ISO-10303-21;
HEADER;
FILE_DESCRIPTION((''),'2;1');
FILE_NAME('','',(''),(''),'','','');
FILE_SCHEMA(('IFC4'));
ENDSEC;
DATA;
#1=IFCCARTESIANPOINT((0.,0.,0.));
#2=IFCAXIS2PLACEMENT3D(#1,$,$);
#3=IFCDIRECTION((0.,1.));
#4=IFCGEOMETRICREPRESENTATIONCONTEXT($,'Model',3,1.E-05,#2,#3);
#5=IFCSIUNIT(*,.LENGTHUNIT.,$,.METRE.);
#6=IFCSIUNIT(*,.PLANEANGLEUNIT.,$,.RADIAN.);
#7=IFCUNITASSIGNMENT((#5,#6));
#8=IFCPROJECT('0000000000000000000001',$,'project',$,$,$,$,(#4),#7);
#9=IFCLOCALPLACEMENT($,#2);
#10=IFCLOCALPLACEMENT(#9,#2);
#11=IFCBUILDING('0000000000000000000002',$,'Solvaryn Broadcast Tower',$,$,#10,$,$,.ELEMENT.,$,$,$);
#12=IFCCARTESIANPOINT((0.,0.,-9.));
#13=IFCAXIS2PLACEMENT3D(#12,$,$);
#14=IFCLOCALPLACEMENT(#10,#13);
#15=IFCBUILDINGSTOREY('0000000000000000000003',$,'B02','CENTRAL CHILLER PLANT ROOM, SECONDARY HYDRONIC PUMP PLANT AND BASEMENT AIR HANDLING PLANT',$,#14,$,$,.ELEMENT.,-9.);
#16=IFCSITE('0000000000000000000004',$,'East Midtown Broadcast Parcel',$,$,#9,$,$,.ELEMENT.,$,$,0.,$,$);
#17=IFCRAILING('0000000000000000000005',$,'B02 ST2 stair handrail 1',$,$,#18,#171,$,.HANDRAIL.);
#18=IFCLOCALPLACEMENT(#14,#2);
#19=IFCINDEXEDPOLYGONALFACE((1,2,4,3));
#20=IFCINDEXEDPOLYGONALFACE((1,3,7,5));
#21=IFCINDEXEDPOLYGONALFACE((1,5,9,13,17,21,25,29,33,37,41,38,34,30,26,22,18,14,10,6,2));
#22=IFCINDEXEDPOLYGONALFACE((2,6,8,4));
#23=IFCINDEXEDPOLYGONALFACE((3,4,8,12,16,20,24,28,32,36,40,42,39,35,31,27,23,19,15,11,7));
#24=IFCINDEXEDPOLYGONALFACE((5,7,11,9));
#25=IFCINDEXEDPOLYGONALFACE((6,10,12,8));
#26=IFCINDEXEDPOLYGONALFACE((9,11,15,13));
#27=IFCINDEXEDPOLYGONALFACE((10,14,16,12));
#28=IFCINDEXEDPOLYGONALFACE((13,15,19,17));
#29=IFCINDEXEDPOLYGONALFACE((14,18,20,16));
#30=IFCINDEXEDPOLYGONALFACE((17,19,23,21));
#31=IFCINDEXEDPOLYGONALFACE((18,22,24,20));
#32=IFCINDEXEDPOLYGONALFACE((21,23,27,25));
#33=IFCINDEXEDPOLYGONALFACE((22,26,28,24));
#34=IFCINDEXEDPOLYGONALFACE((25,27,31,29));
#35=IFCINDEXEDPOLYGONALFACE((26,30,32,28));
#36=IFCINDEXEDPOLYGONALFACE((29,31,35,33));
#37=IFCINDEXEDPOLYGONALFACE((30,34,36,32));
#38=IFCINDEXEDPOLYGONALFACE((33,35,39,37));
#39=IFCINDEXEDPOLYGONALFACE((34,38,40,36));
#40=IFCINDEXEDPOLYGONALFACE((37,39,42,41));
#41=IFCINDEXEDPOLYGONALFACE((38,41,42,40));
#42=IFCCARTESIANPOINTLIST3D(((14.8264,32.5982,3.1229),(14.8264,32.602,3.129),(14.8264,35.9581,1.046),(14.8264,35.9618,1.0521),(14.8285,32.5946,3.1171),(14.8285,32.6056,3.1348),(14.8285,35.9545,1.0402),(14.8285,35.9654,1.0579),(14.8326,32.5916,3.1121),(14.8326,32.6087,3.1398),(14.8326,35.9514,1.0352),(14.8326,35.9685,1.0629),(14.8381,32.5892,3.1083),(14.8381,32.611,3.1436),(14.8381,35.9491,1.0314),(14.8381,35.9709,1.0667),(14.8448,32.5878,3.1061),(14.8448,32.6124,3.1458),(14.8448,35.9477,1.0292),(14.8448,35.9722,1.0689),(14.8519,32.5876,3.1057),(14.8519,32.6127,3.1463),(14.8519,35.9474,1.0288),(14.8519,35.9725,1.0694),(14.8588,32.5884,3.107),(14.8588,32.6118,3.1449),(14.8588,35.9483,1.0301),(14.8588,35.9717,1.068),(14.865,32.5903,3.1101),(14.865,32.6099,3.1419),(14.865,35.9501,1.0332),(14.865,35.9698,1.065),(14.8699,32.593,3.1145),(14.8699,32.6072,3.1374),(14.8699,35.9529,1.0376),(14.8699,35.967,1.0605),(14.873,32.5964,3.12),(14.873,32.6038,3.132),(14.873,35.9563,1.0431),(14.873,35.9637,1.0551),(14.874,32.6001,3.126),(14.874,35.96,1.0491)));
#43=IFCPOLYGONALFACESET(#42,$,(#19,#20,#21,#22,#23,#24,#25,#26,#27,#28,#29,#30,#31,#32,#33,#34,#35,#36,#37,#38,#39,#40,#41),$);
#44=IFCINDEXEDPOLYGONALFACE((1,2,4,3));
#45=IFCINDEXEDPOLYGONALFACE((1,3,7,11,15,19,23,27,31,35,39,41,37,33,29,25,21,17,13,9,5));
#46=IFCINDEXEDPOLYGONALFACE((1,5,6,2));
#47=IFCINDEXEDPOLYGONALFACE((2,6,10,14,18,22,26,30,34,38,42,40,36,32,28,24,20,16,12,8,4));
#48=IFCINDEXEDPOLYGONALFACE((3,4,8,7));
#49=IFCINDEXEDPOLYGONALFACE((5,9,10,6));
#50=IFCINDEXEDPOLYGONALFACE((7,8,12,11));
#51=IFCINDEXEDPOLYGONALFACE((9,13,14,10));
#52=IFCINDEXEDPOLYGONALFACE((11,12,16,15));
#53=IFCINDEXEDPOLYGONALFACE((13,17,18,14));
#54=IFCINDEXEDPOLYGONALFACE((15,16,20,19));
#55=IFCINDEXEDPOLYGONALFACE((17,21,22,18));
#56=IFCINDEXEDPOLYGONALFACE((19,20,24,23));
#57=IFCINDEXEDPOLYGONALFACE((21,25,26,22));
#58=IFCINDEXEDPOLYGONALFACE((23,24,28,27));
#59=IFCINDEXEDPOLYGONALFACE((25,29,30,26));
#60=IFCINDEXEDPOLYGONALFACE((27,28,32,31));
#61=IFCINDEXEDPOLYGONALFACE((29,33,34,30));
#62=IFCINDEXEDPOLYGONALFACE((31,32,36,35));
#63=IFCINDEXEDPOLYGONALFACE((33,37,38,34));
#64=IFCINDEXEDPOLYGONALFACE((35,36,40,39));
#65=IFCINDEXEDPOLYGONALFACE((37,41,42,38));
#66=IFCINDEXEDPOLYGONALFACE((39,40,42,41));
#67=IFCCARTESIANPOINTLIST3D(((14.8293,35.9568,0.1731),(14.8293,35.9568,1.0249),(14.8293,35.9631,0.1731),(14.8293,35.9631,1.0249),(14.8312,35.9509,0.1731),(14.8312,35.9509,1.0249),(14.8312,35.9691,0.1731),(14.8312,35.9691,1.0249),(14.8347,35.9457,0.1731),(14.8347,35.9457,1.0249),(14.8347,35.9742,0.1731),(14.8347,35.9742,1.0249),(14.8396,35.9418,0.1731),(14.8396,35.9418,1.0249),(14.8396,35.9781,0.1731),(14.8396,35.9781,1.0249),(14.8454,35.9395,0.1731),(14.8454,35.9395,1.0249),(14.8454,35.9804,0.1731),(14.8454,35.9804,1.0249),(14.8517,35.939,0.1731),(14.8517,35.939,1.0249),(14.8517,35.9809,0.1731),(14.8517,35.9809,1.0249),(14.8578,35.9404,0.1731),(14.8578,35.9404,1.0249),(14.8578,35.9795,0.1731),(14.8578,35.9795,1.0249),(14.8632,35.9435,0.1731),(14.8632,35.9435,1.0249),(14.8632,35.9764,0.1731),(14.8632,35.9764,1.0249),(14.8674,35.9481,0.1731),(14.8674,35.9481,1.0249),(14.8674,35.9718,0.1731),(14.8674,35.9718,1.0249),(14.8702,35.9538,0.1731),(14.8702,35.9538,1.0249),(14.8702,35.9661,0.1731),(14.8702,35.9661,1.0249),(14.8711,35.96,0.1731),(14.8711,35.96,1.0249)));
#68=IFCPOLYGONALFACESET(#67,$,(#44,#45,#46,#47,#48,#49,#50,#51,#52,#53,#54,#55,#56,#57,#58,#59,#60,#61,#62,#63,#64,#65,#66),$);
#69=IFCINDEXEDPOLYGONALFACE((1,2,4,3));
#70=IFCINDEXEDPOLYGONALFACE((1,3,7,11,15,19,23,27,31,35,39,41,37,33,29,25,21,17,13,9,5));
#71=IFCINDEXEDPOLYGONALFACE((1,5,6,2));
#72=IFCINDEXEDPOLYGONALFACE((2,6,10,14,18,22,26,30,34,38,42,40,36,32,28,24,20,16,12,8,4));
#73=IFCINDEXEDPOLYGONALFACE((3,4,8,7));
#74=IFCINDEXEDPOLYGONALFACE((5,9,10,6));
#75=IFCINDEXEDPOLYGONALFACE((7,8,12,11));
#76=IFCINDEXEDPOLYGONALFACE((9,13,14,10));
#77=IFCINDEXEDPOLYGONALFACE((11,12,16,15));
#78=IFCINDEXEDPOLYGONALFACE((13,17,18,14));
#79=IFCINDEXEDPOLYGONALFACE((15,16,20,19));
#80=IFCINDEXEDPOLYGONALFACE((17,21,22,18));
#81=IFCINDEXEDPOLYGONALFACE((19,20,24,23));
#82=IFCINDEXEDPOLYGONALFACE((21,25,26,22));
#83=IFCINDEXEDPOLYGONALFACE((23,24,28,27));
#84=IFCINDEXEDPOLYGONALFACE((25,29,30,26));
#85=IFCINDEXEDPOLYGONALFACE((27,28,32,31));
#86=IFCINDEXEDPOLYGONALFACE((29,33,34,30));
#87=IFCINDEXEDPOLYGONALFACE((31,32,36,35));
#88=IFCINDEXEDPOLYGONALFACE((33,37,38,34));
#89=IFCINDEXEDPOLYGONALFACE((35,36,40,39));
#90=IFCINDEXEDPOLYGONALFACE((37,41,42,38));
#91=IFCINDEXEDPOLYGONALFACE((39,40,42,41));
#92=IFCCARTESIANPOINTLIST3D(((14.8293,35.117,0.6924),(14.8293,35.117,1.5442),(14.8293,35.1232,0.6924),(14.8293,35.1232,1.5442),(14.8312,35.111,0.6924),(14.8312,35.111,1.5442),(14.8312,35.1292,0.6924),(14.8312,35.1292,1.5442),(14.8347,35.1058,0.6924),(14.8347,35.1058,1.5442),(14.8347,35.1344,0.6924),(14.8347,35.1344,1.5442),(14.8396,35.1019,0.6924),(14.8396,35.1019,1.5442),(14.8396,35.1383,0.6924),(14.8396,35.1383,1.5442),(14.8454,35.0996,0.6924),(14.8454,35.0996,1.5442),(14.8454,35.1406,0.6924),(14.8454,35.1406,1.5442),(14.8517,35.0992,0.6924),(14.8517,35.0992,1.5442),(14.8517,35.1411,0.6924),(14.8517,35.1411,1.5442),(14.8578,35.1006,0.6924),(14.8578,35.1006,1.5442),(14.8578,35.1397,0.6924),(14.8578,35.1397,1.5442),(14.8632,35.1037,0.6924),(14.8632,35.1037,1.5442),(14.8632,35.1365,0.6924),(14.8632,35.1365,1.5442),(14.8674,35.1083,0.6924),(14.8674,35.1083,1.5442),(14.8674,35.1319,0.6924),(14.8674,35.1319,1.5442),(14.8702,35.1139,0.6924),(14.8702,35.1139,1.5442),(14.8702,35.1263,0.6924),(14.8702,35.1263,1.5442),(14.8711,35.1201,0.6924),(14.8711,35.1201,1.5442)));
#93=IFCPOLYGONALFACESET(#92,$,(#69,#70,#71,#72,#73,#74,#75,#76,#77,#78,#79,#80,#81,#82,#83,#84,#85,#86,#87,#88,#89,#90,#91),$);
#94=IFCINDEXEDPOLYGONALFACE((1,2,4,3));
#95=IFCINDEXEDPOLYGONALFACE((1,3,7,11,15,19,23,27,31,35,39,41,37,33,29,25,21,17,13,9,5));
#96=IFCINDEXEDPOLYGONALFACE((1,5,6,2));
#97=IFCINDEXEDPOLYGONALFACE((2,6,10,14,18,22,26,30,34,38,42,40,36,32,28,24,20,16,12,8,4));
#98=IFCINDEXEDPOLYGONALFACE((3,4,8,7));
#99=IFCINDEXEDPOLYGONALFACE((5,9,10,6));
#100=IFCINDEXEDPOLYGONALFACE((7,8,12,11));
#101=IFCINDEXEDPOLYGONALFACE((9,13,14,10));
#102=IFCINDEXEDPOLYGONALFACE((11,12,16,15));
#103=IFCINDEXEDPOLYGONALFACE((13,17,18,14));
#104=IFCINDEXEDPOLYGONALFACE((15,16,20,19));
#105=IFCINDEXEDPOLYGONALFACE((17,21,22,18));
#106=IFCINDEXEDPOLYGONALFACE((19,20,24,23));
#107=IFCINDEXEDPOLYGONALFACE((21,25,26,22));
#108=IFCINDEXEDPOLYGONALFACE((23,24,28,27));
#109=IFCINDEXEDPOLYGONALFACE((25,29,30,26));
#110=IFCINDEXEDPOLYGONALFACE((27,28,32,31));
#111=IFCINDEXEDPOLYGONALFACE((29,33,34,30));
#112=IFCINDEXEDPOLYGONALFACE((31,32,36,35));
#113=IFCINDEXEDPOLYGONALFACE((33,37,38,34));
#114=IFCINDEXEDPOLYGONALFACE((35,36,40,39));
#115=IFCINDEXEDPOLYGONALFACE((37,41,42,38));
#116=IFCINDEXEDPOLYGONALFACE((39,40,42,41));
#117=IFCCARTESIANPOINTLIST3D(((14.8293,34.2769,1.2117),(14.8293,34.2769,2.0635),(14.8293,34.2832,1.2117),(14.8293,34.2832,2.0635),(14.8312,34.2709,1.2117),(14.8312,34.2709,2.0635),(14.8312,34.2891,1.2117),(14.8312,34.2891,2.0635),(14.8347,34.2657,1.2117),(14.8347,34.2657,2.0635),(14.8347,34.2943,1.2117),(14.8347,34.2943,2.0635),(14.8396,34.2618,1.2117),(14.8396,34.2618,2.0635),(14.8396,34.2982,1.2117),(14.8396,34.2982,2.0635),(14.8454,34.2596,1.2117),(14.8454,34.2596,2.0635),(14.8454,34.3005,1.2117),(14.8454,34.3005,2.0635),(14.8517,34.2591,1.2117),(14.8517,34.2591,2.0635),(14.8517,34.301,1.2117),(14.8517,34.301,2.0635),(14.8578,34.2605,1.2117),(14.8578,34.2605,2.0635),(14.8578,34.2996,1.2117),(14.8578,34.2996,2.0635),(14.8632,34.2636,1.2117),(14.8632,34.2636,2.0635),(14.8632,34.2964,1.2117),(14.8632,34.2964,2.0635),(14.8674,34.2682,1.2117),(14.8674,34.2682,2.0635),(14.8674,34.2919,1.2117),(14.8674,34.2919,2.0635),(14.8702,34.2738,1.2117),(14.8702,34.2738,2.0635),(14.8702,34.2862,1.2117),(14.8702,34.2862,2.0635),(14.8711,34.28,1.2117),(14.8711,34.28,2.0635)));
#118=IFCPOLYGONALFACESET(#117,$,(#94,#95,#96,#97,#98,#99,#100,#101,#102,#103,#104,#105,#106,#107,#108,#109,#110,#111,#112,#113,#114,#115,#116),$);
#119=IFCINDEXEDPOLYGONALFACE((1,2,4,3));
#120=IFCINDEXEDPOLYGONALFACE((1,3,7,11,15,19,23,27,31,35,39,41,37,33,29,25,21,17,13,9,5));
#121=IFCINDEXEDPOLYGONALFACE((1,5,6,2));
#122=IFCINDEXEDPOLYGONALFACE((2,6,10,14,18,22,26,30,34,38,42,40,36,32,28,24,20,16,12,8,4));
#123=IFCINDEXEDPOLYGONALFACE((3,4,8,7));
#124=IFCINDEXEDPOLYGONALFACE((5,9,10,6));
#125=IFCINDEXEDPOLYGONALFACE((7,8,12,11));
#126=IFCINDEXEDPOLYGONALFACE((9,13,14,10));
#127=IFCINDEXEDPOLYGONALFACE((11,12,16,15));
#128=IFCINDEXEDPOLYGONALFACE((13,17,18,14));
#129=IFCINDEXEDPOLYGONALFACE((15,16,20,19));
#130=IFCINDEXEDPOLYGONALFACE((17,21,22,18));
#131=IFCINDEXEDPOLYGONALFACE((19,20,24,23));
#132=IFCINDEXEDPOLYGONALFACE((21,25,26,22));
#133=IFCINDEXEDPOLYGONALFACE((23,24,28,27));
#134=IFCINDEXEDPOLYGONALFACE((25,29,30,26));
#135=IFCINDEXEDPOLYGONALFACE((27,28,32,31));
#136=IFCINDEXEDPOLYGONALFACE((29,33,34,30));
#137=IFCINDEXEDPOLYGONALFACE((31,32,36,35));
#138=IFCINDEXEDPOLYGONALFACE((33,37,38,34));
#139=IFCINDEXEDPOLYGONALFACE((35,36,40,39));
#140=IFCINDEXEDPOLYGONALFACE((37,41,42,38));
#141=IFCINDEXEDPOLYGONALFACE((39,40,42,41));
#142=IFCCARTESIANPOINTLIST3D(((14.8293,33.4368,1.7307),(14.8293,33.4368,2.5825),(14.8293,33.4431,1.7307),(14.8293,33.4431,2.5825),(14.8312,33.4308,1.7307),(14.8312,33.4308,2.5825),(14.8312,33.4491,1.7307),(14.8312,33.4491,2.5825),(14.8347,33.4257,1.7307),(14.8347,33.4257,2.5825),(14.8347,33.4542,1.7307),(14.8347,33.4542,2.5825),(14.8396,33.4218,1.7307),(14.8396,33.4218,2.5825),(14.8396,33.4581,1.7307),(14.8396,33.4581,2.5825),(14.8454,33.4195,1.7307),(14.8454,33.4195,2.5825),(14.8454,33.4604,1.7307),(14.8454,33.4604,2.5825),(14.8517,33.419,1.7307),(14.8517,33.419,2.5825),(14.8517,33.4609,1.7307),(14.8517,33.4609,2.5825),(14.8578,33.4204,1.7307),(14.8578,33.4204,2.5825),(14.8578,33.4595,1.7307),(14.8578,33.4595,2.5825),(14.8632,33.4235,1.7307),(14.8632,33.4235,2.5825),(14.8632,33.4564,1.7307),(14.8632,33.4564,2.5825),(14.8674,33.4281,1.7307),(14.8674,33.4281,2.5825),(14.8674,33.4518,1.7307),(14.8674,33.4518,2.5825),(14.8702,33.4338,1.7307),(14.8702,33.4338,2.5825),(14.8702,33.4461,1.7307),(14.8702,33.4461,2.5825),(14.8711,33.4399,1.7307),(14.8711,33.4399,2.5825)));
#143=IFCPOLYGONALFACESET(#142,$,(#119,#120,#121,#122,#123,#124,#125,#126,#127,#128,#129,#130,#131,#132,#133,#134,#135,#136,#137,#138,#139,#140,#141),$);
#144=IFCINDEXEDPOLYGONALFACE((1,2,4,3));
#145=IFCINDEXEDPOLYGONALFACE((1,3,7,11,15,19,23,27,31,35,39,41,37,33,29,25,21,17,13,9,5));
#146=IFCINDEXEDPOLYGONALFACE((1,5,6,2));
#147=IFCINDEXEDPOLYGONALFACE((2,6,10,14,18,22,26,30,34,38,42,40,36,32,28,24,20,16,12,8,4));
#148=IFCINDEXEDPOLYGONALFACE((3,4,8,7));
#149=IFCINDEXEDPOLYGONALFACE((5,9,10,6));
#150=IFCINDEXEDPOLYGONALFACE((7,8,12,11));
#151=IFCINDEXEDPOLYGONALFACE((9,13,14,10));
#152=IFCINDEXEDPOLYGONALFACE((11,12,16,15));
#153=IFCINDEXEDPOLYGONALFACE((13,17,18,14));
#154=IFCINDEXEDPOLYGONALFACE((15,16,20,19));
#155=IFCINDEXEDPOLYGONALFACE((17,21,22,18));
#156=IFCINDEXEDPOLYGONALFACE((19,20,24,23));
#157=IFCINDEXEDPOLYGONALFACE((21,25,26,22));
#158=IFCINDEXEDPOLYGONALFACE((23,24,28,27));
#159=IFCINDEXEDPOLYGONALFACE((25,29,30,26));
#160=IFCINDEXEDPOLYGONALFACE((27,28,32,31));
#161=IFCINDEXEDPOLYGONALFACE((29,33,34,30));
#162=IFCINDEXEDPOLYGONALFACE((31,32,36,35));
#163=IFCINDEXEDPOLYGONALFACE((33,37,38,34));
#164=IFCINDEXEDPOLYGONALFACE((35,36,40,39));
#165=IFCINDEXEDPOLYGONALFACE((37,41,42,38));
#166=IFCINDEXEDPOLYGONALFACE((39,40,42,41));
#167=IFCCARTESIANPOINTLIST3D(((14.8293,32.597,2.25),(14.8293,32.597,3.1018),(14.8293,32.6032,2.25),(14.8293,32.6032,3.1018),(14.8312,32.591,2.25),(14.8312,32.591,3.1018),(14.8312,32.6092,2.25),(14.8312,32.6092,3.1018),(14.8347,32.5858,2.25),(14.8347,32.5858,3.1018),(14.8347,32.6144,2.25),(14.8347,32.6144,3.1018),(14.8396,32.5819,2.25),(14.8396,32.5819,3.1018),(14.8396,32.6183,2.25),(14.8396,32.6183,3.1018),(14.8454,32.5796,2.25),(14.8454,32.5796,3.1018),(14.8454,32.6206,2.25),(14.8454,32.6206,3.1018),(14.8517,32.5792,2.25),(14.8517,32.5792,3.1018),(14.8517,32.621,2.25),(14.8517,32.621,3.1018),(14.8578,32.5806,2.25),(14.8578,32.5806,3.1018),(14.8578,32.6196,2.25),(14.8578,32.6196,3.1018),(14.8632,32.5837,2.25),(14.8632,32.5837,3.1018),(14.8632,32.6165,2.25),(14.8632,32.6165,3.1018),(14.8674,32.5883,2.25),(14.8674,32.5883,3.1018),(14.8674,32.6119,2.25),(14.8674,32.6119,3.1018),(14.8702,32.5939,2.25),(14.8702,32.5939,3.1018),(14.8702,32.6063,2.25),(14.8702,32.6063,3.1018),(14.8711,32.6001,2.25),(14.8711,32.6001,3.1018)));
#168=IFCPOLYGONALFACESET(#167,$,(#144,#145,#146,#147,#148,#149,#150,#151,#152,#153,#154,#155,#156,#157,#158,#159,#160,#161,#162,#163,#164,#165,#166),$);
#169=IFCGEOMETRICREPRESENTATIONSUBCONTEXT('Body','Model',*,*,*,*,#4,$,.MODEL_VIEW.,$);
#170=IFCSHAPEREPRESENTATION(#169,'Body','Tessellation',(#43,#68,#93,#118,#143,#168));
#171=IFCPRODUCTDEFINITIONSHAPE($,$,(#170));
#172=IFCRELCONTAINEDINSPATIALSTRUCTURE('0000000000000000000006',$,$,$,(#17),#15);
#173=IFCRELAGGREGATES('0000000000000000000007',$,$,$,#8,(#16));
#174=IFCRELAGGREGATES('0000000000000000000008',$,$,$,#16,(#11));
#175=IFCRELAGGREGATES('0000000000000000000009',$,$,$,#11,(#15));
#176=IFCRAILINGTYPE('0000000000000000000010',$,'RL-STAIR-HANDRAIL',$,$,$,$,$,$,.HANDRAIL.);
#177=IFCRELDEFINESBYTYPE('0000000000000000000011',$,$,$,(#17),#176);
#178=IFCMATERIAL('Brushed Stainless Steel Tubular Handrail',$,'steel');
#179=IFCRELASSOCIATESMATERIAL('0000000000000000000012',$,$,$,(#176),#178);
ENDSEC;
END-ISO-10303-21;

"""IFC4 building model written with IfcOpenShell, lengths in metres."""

from ifc_helpers import new_model, si_unit, direction, frame, origin, origin_2d, place, context, subcontext, project, spatial, circle, extrude, material, type_object, element, save


model = new_model("IFC4")

# Units and contexts
model_context = context("Model", 3, precision=1e-05, world=origin(), true_north=direction((0.0, 1.0)))
body_context = subcontext(model_context, "Body", "Model", "MODEL_VIEW")
ifc_project = project(units=[si_unit("LENGTHUNIT", "METRE"), si_unit("PLANEANGLEUNIT", "RADIAN")], contexts=[model_context])

# Site, building, storey
site_placement = place(None, origin())
site = spatial("IfcSite", under=ifc_project, at=site_placement, Name="East Midtown Broadcast Parcel", CompositionType="ELEMENT", RefElevation=0.0)
building_placement = place(site_placement, origin())
building = spatial("IfcBuilding", under=site, at=building_placement, Name="Solvaryn Broadcast Tower", CompositionType="ELEMENT")
storey_placement = place(building_placement, frame((0.0, 0.0, -9.0)))
storey = spatial("IfcBuildingStorey", under=building, at=storey_placement, Name="B02", Description="CENTRAL CHILLER PLANT ROOM, SECONDARY HYDRONIC PUMP PLANT AND BASEMENT AIR HANDLING PLANT", CompositionType="ELEMENT", Elevation=-9.0)

# Railing
ifc_material_1 = material(Name="Brushed Stainless Steel Tubular Handrail", Category="steel")
railing_type_1 = type_object("IfcRailingType", Name="RL-STAIR-HANDRAIL", PredefinedType="HANDRAIL", material=ifc_material_1)
railing_1_placement = place(storey_placement, frame((14.8501, 35.96, 0.1731)))
element("IfcRailing", 1, at=railing_1_placement, inside=storey, type_object=railing_type_1, Name="B02 ST2 stair handrail 1", PredefinedType="HANDRAIL", context=body_context, shape_type="SweptSolid", body=[
    extrude(circle(Radius=0.0239, at=origin_2d()), frame((0.0, 0.0, 0.876), z_axis=(0.0, -0.850606, 0.525803), x_axis=(1.0, 0.0, 0.0)), (0.0, 0.0, 1.0), 3.95),
    extrude(circle(Radius=0.021, at=origin_2d()), origin(), (0.0, 0.0, 1.0), 0.8518),
    extrude(circle(Radius=0.021, at=origin_2d()), frame((0.0, -0.8398, 0.5193)), (0.0, 0.0, 1.0), 0.8518),
    extrude(circle(Radius=0.021, at=origin_2d()), frame((0.0, -1.6799, 1.0386)), (0.0, 0.0, 1.0), 0.8518),
    extrude(circle(Radius=0.021, at=origin_2d()), frame((0.0, -2.52, 1.5576)), (0.0, 0.0, 1.0), 0.8518),
    extrude(circle(Radius=0.021, at=origin_2d()), frame((0.0, -3.3599, 2.0769)), (0.0, 0.0, 1.0), 0.8518),
])

save(model, "model.ifc")
